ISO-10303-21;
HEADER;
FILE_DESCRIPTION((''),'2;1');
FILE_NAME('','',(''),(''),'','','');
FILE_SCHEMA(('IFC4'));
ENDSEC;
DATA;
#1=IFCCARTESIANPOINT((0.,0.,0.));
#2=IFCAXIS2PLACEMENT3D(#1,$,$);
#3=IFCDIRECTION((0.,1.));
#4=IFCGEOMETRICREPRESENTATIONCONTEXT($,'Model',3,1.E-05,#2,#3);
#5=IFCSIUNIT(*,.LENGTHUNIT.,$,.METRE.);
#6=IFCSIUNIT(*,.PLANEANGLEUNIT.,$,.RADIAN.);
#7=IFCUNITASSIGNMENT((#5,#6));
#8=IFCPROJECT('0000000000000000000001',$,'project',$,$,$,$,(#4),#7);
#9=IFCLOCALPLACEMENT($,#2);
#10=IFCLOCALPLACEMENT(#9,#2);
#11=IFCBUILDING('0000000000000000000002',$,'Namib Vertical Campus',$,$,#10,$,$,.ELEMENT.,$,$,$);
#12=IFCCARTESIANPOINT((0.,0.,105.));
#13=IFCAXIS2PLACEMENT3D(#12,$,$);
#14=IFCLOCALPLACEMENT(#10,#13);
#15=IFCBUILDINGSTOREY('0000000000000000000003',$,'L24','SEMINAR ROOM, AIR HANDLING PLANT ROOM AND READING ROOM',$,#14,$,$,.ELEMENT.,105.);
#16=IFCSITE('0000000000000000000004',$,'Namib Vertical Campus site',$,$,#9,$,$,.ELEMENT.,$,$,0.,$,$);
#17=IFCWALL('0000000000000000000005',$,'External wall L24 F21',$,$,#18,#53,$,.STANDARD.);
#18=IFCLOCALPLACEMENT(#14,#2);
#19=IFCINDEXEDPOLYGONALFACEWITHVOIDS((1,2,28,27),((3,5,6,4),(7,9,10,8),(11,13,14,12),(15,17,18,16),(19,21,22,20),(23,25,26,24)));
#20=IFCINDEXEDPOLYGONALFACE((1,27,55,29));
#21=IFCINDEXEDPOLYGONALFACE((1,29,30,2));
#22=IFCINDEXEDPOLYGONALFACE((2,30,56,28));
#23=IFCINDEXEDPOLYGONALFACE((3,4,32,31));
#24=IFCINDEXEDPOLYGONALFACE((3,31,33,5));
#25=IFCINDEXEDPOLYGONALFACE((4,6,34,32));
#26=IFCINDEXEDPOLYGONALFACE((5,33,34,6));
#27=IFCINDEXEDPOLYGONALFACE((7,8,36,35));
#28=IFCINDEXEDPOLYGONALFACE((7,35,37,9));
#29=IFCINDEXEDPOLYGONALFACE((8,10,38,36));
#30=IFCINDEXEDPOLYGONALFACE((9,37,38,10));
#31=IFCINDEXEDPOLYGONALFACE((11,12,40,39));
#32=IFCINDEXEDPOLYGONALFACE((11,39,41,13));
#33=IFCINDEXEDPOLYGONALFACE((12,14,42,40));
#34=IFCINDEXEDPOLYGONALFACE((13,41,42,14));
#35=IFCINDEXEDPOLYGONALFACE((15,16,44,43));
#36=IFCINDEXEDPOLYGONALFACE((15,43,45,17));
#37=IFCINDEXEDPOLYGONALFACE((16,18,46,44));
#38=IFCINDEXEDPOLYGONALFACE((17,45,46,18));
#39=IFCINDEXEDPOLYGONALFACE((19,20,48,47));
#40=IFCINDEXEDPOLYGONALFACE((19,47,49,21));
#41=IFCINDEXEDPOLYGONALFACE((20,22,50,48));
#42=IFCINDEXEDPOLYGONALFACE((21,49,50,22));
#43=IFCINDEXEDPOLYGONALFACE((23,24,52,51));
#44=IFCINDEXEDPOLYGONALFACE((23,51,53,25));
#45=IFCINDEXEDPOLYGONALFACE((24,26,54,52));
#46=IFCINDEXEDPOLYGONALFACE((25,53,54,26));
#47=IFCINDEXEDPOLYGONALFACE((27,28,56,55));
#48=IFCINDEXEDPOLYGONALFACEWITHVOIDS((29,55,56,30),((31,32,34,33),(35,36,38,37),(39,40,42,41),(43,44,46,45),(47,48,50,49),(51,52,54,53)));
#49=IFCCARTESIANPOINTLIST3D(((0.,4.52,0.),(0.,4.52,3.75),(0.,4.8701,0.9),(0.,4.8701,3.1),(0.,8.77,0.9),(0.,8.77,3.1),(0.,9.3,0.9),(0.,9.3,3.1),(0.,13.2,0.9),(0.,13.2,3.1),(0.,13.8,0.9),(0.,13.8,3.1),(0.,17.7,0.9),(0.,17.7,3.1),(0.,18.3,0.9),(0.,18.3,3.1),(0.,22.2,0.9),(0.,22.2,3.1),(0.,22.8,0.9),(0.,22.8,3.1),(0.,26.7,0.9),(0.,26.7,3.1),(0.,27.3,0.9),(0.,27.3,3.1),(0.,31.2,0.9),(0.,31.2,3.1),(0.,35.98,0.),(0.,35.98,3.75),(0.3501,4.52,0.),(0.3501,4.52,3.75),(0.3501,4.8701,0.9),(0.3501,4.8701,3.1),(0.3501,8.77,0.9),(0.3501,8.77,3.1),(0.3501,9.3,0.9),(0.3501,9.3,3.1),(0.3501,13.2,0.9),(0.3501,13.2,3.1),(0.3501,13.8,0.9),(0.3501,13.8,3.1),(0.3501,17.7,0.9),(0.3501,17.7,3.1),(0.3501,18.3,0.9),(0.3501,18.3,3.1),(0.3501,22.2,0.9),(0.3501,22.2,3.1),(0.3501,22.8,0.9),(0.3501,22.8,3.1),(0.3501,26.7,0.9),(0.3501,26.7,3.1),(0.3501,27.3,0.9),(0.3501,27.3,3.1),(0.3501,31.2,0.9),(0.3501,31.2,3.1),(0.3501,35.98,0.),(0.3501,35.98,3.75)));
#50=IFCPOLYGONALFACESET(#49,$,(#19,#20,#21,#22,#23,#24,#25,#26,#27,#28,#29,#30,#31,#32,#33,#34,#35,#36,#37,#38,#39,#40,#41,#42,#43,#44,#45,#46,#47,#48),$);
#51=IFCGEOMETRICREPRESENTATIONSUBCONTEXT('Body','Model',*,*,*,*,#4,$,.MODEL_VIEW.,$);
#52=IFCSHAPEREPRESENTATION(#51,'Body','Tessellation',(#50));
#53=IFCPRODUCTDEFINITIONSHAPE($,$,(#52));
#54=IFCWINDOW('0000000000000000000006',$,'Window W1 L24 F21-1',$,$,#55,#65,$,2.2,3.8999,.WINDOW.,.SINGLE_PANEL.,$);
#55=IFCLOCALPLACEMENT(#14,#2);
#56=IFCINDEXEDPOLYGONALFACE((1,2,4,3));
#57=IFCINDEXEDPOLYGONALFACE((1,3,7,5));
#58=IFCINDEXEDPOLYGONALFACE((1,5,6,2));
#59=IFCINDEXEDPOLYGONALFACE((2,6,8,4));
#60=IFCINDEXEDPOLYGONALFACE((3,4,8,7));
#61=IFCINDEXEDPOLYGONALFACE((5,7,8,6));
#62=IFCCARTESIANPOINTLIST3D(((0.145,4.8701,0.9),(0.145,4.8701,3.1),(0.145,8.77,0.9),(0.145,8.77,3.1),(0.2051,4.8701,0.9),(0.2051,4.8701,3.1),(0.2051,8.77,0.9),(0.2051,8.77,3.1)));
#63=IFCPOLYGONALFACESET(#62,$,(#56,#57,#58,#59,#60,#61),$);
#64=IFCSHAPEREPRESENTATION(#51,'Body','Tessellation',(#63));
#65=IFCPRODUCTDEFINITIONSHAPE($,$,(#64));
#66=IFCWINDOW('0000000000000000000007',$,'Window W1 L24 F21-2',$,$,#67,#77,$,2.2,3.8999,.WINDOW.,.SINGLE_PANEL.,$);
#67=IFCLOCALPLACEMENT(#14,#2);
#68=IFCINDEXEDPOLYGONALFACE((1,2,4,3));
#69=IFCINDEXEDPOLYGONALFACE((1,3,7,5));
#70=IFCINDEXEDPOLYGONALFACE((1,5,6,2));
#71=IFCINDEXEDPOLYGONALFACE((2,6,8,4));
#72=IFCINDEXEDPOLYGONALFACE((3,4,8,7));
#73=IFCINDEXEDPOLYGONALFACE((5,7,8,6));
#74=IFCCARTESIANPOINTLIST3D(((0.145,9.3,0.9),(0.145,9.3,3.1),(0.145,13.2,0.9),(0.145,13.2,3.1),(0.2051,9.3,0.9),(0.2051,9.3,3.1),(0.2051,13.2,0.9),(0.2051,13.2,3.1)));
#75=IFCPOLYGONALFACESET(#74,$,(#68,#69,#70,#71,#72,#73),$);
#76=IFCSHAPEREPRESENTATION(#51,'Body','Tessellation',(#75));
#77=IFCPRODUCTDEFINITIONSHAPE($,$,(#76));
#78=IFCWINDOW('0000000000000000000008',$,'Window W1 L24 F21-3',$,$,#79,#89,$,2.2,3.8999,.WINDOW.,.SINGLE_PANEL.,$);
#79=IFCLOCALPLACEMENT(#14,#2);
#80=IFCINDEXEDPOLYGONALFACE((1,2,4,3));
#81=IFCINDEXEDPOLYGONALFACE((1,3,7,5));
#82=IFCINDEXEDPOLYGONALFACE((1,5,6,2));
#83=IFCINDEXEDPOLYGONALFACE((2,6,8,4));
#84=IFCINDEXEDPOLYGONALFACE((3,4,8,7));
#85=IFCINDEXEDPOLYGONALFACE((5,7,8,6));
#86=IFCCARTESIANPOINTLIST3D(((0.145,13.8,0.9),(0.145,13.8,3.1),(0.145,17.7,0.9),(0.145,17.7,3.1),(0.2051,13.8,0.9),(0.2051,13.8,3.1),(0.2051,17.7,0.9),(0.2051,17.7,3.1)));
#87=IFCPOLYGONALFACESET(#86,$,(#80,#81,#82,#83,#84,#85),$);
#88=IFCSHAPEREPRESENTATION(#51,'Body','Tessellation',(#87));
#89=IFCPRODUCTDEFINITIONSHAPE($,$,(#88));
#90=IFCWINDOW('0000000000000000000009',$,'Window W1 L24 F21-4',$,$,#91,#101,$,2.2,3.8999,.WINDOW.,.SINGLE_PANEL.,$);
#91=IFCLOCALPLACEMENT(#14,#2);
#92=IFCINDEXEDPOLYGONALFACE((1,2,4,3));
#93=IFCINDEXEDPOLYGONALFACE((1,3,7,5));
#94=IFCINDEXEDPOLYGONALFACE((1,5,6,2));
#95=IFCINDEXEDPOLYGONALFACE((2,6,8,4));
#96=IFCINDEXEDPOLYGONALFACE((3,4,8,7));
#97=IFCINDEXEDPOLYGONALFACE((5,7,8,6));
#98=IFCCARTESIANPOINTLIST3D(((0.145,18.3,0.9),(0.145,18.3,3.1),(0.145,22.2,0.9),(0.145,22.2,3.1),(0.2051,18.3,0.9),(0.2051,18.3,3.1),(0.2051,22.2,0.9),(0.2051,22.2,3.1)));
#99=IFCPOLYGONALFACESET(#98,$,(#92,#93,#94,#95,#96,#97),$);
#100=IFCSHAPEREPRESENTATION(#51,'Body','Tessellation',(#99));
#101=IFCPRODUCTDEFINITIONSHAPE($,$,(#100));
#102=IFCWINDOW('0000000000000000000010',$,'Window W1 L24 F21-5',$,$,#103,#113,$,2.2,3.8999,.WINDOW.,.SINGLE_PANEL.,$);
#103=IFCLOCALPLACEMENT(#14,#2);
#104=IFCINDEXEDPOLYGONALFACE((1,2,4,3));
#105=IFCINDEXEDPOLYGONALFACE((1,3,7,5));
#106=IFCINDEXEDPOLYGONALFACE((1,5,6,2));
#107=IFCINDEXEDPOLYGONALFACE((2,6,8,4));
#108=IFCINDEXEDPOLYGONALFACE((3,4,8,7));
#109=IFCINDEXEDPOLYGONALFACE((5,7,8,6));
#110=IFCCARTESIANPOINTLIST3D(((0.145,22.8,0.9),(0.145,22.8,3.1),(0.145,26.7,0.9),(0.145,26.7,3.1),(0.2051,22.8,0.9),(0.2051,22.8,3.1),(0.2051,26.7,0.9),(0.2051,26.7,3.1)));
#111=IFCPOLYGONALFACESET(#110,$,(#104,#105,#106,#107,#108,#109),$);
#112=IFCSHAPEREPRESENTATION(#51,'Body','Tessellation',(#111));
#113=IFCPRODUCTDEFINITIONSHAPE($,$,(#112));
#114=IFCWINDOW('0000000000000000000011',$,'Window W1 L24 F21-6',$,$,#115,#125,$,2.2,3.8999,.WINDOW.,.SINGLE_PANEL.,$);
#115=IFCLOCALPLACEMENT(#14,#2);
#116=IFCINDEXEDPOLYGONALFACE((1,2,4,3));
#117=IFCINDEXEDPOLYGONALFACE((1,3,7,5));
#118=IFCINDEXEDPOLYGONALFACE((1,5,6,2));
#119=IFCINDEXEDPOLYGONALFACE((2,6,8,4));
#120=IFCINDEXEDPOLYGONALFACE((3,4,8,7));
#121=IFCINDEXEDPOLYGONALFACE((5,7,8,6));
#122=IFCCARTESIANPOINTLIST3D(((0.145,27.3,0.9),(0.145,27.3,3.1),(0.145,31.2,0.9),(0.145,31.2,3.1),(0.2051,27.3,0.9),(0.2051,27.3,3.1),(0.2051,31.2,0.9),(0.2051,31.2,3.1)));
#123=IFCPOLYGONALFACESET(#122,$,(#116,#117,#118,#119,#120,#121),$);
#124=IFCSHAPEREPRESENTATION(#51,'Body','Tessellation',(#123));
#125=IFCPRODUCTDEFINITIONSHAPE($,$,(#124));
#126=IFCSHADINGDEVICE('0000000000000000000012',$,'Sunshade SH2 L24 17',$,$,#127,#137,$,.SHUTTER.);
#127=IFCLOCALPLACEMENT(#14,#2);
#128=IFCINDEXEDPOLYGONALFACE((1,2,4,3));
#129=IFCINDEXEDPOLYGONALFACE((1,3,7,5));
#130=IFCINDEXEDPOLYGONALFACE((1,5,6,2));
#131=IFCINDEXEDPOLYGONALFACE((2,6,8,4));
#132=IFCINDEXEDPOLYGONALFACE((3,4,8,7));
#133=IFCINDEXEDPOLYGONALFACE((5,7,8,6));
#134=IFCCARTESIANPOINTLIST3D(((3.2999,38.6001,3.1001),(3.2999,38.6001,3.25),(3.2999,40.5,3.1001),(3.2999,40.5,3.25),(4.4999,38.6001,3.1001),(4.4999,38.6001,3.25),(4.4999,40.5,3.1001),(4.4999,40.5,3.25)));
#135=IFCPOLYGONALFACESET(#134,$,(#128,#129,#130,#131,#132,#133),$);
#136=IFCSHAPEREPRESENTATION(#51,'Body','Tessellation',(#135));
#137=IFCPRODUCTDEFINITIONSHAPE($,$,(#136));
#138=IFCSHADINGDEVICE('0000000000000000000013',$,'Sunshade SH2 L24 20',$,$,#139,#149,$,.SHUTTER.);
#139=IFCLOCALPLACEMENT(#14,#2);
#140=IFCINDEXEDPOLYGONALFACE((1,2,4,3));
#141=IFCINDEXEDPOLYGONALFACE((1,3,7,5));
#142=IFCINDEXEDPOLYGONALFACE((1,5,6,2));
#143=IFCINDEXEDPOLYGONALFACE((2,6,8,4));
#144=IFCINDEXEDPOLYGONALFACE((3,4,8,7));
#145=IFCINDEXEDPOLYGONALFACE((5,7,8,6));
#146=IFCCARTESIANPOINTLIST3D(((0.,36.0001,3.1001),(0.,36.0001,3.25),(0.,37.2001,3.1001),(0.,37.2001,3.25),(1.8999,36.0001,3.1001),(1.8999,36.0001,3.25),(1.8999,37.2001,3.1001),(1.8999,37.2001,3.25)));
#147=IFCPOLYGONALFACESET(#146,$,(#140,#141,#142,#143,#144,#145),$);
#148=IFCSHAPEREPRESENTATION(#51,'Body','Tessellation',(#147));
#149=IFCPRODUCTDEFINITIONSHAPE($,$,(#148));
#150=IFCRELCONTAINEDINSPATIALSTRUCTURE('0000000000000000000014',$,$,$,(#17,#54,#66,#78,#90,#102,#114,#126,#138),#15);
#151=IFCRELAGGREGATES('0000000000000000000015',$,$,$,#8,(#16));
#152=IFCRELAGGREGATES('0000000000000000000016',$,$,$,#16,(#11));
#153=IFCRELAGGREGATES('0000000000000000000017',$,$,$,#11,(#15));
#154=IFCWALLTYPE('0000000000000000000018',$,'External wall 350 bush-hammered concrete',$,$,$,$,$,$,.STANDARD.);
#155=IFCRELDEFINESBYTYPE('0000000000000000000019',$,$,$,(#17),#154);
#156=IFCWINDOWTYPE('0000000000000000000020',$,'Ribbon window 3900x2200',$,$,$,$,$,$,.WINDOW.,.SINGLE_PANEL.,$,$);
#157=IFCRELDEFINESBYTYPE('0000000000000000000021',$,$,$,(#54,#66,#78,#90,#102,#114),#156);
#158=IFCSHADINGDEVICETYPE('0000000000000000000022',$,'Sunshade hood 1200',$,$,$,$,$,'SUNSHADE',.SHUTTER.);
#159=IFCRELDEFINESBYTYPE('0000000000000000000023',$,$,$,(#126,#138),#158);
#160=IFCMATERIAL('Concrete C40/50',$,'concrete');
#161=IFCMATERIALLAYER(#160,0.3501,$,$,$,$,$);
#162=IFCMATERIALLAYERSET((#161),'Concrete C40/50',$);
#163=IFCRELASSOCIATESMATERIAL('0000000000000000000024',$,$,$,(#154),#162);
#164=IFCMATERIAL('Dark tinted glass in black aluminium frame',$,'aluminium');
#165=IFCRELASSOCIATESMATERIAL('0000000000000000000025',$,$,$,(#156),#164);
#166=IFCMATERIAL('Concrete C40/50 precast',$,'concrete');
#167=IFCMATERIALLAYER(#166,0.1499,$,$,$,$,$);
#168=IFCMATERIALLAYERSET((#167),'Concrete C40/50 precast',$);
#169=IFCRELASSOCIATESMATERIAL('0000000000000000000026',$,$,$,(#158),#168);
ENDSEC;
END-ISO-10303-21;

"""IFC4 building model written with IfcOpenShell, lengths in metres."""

from ifc_helpers import new_model, si_unit, direction, frame, frame_2d, origin, origin_2d, place, context, subcontext, project, spatial, rectangle, extrude, material, layer, layer_set, type_object, element, fill, save


model = new_model("IFC4")

# Units and contexts
model_context = context("Model", 3, precision=1e-05, world=origin(), true_north=direction((0.0, 1.0)))
body_context = subcontext(model_context, "Body", "Model", "MODEL_VIEW")
ifc_project = project(units=[si_unit("LENGTHUNIT", "METRE"), si_unit("PLANEANGLEUNIT", "RADIAN")], contexts=[model_context])

# Site, building, storey
site_placement = place(None, origin())
site = spatial("IfcSite", under=ifc_project, at=site_placement, Name="Namib Vertical Campus site", CompositionType="ELEMENT", RefElevation=0.0)
building_placement = place(site_placement, origin())
building = spatial("IfcBuilding", under=site, at=building_placement, Name="Namib Vertical Campus", CompositionType="ELEMENT")
storey_placement = place(building_placement, frame((0.0, 0.0, 105.0)))
storey = spatial("IfcBuildingStorey", under=building, at=storey_placement, Name="L24", Description="SEMINAR ROOM, AIR HANDLING PLANT ROOM AND READING ROOM", CompositionType="ELEMENT", Elevation=105.0)

# Shared definitions
ifc_material_1 = material(Name="Concrete C40/50", Category="concrete")
ifc_layer_1 = layer(ifc_material_1, 0.3501)
ifc_layer_set_1 = layer_set([ifc_layer_1], Name="Concrete C40/50")
wall_type = type_object("IfcWallType", Name="External wall 350 bush-hammered concrete", PredefinedType="STANDARD", material=ifc_layer_set_1)

# Wall, openings, windows
wall_1_placement = place(storey_placement, frame((0.175, 35.98, 0.0), z_axis=(0.0, 0.0, 1.0), x_axis=(0.0, -1.0, 0.0)))
wall_1 = element("IfcWall", 1, at=wall_1_placement, inside=storey, type_object=wall_type, Name="External wall L24 F21", PredefinedType="STANDARD", context=body_context, shape_type="SweptSolid", body=[
    extrude(rectangle(XDim=31.46, YDim=0.3501, at=frame_2d((15.73, 0.0))), origin(), (0.0, 0.0, 1.0), 3.75),
])
opening_1_placement = place(wall_1_placement, frame((27.21, 0.0, 0.8999)))
opening_1 = element("IfcOpeningElement", 2, at=opening_1_placement, cuts=wall_1, PredefinedType="OPENING", context=body_context, shape_type="SweptSolid", body=[
    extrude(rectangle(XDim=3.8999, YDim=2.2, at=frame_2d((1.95, 1.1001))), frame((0.0, 0.1851, 0.0), z_axis=(0.0, -1.0, 0.0), x_axis=(1.0, 0.0, 0.0)), (0.0, 0.0, 1.0), 0.3701),
])
opening_2_placement = place(wall_1_placement, frame((22.78, 0.0, 0.8999)))
opening_2 = element("IfcOpeningElement", 3, at=opening_2_placement, cuts=wall_1, PredefinedType="OPENING", context=body_context, shape_type="SweptSolid", body=[
    extrude(rectangle(XDim=3.8999, YDim=2.2, at=frame_2d((1.95, 1.1001))), frame((0.0, 0.1851, 0.0), z_axis=(0.0, -1.0, 0.0), x_axis=(1.0, 0.0, 0.0)), (0.0, 0.0, 1.0), 0.3701),
])
opening_3_placement = place(wall_1_placement, frame((18.28, 0.0, 0.8999)))
opening_3 = element("IfcOpeningElement", 4, at=opening_3_placement, cuts=wall_1, PredefinedType="OPENING", context=body_context, shape_type="SweptSolid", body=[
    extrude(rectangle(XDim=3.8999, YDim=2.2, at=frame_2d((1.95, 1.1001))), frame((0.0, 0.1851, 0.0), z_axis=(0.0, -1.0, 0.0), x_axis=(1.0, 0.0, 0.0)), (0.0, 0.0, 1.0), 0.3701),
])
opening_4_placement = place(wall_1_placement, frame((13.78, 0.0, 0.8999)))
opening_4 = element("IfcOpeningElement", 5, at=opening_4_placement, cuts=wall_1, PredefinedType="OPENING", context=body_context, shape_type="SweptSolid", body=[
    extrude(rectangle(XDim=3.8999, YDim=2.2, at=frame_2d((1.95, 1.1001))), frame((0.0, 0.1851, 0.0), z_axis=(0.0, -1.0, 0.0), x_axis=(1.0, 0.0, 0.0)), (0.0, 0.0, 1.0), 0.3701),
])
opening_5_placement = place(wall_1_placement, frame((9.28, 0.0, 0.8999)))
opening_5 = element("IfcOpeningElement", 6, at=opening_5_placement, cuts=wall_1, PredefinedType="OPENING", context=body_context, shape_type="SweptSolid", body=[
    extrude(rectangle(XDim=3.8999, YDim=2.2, at=frame_2d((1.95, 1.1001))), frame((0.0, 0.1851, 0.0), z_axis=(0.0, -1.0, 0.0), x_axis=(1.0, 0.0, 0.0)), (0.0, 0.0, 1.0), 0.3701),
])
opening_6_placement = place(wall_1_placement, frame((4.78, 0.0, 0.8999)))
opening_6 = element("IfcOpeningElement", 7, at=opening_6_placement, cuts=wall_1, PredefinedType="OPENING", context=body_context, shape_type="SweptSolid", body=[
    extrude(rectangle(XDim=3.8999, YDim=2.2, at=frame_2d((1.95, 1.1001))), frame((0.0, 0.1851, 0.0), z_axis=(0.0, -1.0, 0.0), x_axis=(1.0, 0.0, 0.0)), (0.0, 0.0, 1.0), 0.3701),
])
ifc_material_2 = material(Name="Dark tinted glass in black aluminium frame", Category="aluminium")
window_type = type_object("IfcWindowType", Name="Ribbon window 3900x2200", PartitioningType="SINGLE_PANEL", PredefinedType="WINDOW", material=ifc_material_2)
window_1_placement = place(opening_1_placement, origin())
window_1 = element("IfcWindow", 8, at=window_1_placement, inside=storey, type_object=window_type, Name="Window W1 L24 F21-1", OverallHeight=2.2, OverallWidth=3.8999, PartitioningType="SINGLE_PANEL", PredefinedType="WINDOW", context=body_context, shape_type="SweptSolid", body=[
    extrude(rectangle(XDim=3.8999, YDim=2.2, at=frame_2d((1.95, 1.1001))), frame((0.0, 0.03, 0.0), z_axis=(0.0, -1.0, 0.0), x_axis=(1.0, 0.0, 0.0)), (0.0, 0.0, 1.0), 0.0601),
])
fill(opening_1, window_1)
window_2_placement = place(opening_2_placement, origin())
window_2 = element("IfcWindow", 9, at=window_2_placement, inside=storey, type_object=window_type, Name="Window W1 L24 F21-2", OverallHeight=2.2, OverallWidth=3.8999, PartitioningType="SINGLE_PANEL", PredefinedType="WINDOW", context=body_context, shape_type="SweptSolid", body=[
    extrude(rectangle(XDim=3.8999, YDim=2.2, at=frame_2d((1.95, 1.1001))), frame((0.0, 0.03, 0.0), z_axis=(0.0, -1.0, 0.0), x_axis=(1.0, 0.0, 0.0)), (0.0, 0.0, 1.0), 0.0601),
])
fill(opening_2, window_2)
window_3_placement = place(opening_3_placement, origin())
window_3 = element("IfcWindow", 10, at=window_3_placement, inside=storey, type_object=window_type, Name="Window W1 L24 F21-3", OverallHeight=2.2, OverallWidth=3.8999, PartitioningType="SINGLE_PANEL", PredefinedType="WINDOW", context=body_context, shape_type="SweptSolid", body=[
    extrude(rectangle(XDim=3.8999, YDim=2.2, at=frame_2d((1.95, 1.1001))), frame((0.0, 0.03, 0.0), z_axis=(0.0, -1.0, 0.0), x_axis=(1.0, 0.0, 0.0)), (0.0, 0.0, 1.0), 0.0601),
])
fill(opening_3, window_3)
window_4_placement = place(opening_4_placement, origin())
window_4 = element("IfcWindow", 11, at=window_4_placement, inside=storey, type_object=window_type, Name="Window W1 L24 F21-4", OverallHeight=2.2, OverallWidth=3.8999, PartitioningType="SINGLE_PANEL", PredefinedType="WINDOW", context=body_context, shape_type="SweptSolid", body=[
    extrude(rectangle(XDim=3.8999, YDim=2.2, at=frame_2d((1.95, 1.1001))), frame((0.0, 0.03, 0.0), z_axis=(0.0, -1.0, 0.0), x_axis=(1.0, 0.0, 0.0)), (0.0, 0.0, 1.0), 0.0601),
])
fill(opening_4, window_4)
window_5_placement = place(opening_5_placement, origin())
window_5 = element("IfcWindow", 12, at=window_5_placement, inside=storey, type_object=window_type, Name="Window W1 L24 F21-5", OverallHeight=2.2, OverallWidth=3.8999, PartitioningType="SINGLE_PANEL", PredefinedType="WINDOW", context=body_context, shape_type="SweptSolid", body=[
    extrude(rectangle(XDim=3.8999, YDim=2.2, at=frame_2d((1.95, 1.1001))), frame((0.0, 0.03, 0.0), z_axis=(0.0, -1.0, 0.0), x_axis=(1.0, 0.0, 0.0)), (0.0, 0.0, 1.0), 0.0601),
])
fill(opening_5, window_5)
window_6_placement = place(opening_6_placement, origin())
window_6 = element("IfcWindow", 13, at=window_6_placement, inside=storey, type_object=window_type, Name="Window W1 L24 F21-6", OverallHeight=2.2, OverallWidth=3.8999, PartitioningType="SINGLE_PANEL", PredefinedType="WINDOW", context=body_context, shape_type="SweptSolid", body=[
    extrude(rectangle(XDim=3.8999, YDim=2.2, at=frame_2d((1.95, 1.1001))), frame((0.0, 0.03, 0.0), z_axis=(0.0, -1.0, 0.0), x_axis=(1.0, 0.0, 0.0)), (0.0, 0.0, 1.0), 0.0601),
])
fill(opening_6, window_6)

# Shading devices
ifc_material_3 = material(Name="Concrete C40/50 precast", Category="concrete")
ifc_layer_2 = layer(ifc_material_3, 0.1499)
ifc_layer_set_2 = layer_set([ifc_layer_2], Name="Concrete C40/50 precast")
shading_device_type = type_object("IfcShadingDeviceType", Name="Sunshade hood 1200", ElementType="SUNSHADE", PredefinedType="SHUTTER", material=ifc_layer_set_2)
for number, where, z_axis, x_axis, name in (
    (14, (3.8999, 39.55, 3.1001), (0.0, 0.0, 1.0), (0.0, -1.0, 0.0), "Sunshade SH2 L24 17"),
    (15, (0.95, 36.6001, 3.1001), (0.0, 0.0, 1.0), (-1.0, 0.0, 0.0), "Sunshade SH2 L24 20"),
):
    element("IfcShadingDevice", number, at=place(storey_placement, frame(where, z_axis=z_axis, x_axis=x_axis)), inside=storey, type_object=shading_device_type, Name=name, PredefinedType="SHUTTER", context=body_context, shape_type="SweptSolid", body=[
        extrude(rectangle(XDim=1.8999, YDim=1.2, at=origin_2d()), origin(), (0.0, 0.0, 1.0), 0.1499),
    ])

save(model, "model.ifc")
